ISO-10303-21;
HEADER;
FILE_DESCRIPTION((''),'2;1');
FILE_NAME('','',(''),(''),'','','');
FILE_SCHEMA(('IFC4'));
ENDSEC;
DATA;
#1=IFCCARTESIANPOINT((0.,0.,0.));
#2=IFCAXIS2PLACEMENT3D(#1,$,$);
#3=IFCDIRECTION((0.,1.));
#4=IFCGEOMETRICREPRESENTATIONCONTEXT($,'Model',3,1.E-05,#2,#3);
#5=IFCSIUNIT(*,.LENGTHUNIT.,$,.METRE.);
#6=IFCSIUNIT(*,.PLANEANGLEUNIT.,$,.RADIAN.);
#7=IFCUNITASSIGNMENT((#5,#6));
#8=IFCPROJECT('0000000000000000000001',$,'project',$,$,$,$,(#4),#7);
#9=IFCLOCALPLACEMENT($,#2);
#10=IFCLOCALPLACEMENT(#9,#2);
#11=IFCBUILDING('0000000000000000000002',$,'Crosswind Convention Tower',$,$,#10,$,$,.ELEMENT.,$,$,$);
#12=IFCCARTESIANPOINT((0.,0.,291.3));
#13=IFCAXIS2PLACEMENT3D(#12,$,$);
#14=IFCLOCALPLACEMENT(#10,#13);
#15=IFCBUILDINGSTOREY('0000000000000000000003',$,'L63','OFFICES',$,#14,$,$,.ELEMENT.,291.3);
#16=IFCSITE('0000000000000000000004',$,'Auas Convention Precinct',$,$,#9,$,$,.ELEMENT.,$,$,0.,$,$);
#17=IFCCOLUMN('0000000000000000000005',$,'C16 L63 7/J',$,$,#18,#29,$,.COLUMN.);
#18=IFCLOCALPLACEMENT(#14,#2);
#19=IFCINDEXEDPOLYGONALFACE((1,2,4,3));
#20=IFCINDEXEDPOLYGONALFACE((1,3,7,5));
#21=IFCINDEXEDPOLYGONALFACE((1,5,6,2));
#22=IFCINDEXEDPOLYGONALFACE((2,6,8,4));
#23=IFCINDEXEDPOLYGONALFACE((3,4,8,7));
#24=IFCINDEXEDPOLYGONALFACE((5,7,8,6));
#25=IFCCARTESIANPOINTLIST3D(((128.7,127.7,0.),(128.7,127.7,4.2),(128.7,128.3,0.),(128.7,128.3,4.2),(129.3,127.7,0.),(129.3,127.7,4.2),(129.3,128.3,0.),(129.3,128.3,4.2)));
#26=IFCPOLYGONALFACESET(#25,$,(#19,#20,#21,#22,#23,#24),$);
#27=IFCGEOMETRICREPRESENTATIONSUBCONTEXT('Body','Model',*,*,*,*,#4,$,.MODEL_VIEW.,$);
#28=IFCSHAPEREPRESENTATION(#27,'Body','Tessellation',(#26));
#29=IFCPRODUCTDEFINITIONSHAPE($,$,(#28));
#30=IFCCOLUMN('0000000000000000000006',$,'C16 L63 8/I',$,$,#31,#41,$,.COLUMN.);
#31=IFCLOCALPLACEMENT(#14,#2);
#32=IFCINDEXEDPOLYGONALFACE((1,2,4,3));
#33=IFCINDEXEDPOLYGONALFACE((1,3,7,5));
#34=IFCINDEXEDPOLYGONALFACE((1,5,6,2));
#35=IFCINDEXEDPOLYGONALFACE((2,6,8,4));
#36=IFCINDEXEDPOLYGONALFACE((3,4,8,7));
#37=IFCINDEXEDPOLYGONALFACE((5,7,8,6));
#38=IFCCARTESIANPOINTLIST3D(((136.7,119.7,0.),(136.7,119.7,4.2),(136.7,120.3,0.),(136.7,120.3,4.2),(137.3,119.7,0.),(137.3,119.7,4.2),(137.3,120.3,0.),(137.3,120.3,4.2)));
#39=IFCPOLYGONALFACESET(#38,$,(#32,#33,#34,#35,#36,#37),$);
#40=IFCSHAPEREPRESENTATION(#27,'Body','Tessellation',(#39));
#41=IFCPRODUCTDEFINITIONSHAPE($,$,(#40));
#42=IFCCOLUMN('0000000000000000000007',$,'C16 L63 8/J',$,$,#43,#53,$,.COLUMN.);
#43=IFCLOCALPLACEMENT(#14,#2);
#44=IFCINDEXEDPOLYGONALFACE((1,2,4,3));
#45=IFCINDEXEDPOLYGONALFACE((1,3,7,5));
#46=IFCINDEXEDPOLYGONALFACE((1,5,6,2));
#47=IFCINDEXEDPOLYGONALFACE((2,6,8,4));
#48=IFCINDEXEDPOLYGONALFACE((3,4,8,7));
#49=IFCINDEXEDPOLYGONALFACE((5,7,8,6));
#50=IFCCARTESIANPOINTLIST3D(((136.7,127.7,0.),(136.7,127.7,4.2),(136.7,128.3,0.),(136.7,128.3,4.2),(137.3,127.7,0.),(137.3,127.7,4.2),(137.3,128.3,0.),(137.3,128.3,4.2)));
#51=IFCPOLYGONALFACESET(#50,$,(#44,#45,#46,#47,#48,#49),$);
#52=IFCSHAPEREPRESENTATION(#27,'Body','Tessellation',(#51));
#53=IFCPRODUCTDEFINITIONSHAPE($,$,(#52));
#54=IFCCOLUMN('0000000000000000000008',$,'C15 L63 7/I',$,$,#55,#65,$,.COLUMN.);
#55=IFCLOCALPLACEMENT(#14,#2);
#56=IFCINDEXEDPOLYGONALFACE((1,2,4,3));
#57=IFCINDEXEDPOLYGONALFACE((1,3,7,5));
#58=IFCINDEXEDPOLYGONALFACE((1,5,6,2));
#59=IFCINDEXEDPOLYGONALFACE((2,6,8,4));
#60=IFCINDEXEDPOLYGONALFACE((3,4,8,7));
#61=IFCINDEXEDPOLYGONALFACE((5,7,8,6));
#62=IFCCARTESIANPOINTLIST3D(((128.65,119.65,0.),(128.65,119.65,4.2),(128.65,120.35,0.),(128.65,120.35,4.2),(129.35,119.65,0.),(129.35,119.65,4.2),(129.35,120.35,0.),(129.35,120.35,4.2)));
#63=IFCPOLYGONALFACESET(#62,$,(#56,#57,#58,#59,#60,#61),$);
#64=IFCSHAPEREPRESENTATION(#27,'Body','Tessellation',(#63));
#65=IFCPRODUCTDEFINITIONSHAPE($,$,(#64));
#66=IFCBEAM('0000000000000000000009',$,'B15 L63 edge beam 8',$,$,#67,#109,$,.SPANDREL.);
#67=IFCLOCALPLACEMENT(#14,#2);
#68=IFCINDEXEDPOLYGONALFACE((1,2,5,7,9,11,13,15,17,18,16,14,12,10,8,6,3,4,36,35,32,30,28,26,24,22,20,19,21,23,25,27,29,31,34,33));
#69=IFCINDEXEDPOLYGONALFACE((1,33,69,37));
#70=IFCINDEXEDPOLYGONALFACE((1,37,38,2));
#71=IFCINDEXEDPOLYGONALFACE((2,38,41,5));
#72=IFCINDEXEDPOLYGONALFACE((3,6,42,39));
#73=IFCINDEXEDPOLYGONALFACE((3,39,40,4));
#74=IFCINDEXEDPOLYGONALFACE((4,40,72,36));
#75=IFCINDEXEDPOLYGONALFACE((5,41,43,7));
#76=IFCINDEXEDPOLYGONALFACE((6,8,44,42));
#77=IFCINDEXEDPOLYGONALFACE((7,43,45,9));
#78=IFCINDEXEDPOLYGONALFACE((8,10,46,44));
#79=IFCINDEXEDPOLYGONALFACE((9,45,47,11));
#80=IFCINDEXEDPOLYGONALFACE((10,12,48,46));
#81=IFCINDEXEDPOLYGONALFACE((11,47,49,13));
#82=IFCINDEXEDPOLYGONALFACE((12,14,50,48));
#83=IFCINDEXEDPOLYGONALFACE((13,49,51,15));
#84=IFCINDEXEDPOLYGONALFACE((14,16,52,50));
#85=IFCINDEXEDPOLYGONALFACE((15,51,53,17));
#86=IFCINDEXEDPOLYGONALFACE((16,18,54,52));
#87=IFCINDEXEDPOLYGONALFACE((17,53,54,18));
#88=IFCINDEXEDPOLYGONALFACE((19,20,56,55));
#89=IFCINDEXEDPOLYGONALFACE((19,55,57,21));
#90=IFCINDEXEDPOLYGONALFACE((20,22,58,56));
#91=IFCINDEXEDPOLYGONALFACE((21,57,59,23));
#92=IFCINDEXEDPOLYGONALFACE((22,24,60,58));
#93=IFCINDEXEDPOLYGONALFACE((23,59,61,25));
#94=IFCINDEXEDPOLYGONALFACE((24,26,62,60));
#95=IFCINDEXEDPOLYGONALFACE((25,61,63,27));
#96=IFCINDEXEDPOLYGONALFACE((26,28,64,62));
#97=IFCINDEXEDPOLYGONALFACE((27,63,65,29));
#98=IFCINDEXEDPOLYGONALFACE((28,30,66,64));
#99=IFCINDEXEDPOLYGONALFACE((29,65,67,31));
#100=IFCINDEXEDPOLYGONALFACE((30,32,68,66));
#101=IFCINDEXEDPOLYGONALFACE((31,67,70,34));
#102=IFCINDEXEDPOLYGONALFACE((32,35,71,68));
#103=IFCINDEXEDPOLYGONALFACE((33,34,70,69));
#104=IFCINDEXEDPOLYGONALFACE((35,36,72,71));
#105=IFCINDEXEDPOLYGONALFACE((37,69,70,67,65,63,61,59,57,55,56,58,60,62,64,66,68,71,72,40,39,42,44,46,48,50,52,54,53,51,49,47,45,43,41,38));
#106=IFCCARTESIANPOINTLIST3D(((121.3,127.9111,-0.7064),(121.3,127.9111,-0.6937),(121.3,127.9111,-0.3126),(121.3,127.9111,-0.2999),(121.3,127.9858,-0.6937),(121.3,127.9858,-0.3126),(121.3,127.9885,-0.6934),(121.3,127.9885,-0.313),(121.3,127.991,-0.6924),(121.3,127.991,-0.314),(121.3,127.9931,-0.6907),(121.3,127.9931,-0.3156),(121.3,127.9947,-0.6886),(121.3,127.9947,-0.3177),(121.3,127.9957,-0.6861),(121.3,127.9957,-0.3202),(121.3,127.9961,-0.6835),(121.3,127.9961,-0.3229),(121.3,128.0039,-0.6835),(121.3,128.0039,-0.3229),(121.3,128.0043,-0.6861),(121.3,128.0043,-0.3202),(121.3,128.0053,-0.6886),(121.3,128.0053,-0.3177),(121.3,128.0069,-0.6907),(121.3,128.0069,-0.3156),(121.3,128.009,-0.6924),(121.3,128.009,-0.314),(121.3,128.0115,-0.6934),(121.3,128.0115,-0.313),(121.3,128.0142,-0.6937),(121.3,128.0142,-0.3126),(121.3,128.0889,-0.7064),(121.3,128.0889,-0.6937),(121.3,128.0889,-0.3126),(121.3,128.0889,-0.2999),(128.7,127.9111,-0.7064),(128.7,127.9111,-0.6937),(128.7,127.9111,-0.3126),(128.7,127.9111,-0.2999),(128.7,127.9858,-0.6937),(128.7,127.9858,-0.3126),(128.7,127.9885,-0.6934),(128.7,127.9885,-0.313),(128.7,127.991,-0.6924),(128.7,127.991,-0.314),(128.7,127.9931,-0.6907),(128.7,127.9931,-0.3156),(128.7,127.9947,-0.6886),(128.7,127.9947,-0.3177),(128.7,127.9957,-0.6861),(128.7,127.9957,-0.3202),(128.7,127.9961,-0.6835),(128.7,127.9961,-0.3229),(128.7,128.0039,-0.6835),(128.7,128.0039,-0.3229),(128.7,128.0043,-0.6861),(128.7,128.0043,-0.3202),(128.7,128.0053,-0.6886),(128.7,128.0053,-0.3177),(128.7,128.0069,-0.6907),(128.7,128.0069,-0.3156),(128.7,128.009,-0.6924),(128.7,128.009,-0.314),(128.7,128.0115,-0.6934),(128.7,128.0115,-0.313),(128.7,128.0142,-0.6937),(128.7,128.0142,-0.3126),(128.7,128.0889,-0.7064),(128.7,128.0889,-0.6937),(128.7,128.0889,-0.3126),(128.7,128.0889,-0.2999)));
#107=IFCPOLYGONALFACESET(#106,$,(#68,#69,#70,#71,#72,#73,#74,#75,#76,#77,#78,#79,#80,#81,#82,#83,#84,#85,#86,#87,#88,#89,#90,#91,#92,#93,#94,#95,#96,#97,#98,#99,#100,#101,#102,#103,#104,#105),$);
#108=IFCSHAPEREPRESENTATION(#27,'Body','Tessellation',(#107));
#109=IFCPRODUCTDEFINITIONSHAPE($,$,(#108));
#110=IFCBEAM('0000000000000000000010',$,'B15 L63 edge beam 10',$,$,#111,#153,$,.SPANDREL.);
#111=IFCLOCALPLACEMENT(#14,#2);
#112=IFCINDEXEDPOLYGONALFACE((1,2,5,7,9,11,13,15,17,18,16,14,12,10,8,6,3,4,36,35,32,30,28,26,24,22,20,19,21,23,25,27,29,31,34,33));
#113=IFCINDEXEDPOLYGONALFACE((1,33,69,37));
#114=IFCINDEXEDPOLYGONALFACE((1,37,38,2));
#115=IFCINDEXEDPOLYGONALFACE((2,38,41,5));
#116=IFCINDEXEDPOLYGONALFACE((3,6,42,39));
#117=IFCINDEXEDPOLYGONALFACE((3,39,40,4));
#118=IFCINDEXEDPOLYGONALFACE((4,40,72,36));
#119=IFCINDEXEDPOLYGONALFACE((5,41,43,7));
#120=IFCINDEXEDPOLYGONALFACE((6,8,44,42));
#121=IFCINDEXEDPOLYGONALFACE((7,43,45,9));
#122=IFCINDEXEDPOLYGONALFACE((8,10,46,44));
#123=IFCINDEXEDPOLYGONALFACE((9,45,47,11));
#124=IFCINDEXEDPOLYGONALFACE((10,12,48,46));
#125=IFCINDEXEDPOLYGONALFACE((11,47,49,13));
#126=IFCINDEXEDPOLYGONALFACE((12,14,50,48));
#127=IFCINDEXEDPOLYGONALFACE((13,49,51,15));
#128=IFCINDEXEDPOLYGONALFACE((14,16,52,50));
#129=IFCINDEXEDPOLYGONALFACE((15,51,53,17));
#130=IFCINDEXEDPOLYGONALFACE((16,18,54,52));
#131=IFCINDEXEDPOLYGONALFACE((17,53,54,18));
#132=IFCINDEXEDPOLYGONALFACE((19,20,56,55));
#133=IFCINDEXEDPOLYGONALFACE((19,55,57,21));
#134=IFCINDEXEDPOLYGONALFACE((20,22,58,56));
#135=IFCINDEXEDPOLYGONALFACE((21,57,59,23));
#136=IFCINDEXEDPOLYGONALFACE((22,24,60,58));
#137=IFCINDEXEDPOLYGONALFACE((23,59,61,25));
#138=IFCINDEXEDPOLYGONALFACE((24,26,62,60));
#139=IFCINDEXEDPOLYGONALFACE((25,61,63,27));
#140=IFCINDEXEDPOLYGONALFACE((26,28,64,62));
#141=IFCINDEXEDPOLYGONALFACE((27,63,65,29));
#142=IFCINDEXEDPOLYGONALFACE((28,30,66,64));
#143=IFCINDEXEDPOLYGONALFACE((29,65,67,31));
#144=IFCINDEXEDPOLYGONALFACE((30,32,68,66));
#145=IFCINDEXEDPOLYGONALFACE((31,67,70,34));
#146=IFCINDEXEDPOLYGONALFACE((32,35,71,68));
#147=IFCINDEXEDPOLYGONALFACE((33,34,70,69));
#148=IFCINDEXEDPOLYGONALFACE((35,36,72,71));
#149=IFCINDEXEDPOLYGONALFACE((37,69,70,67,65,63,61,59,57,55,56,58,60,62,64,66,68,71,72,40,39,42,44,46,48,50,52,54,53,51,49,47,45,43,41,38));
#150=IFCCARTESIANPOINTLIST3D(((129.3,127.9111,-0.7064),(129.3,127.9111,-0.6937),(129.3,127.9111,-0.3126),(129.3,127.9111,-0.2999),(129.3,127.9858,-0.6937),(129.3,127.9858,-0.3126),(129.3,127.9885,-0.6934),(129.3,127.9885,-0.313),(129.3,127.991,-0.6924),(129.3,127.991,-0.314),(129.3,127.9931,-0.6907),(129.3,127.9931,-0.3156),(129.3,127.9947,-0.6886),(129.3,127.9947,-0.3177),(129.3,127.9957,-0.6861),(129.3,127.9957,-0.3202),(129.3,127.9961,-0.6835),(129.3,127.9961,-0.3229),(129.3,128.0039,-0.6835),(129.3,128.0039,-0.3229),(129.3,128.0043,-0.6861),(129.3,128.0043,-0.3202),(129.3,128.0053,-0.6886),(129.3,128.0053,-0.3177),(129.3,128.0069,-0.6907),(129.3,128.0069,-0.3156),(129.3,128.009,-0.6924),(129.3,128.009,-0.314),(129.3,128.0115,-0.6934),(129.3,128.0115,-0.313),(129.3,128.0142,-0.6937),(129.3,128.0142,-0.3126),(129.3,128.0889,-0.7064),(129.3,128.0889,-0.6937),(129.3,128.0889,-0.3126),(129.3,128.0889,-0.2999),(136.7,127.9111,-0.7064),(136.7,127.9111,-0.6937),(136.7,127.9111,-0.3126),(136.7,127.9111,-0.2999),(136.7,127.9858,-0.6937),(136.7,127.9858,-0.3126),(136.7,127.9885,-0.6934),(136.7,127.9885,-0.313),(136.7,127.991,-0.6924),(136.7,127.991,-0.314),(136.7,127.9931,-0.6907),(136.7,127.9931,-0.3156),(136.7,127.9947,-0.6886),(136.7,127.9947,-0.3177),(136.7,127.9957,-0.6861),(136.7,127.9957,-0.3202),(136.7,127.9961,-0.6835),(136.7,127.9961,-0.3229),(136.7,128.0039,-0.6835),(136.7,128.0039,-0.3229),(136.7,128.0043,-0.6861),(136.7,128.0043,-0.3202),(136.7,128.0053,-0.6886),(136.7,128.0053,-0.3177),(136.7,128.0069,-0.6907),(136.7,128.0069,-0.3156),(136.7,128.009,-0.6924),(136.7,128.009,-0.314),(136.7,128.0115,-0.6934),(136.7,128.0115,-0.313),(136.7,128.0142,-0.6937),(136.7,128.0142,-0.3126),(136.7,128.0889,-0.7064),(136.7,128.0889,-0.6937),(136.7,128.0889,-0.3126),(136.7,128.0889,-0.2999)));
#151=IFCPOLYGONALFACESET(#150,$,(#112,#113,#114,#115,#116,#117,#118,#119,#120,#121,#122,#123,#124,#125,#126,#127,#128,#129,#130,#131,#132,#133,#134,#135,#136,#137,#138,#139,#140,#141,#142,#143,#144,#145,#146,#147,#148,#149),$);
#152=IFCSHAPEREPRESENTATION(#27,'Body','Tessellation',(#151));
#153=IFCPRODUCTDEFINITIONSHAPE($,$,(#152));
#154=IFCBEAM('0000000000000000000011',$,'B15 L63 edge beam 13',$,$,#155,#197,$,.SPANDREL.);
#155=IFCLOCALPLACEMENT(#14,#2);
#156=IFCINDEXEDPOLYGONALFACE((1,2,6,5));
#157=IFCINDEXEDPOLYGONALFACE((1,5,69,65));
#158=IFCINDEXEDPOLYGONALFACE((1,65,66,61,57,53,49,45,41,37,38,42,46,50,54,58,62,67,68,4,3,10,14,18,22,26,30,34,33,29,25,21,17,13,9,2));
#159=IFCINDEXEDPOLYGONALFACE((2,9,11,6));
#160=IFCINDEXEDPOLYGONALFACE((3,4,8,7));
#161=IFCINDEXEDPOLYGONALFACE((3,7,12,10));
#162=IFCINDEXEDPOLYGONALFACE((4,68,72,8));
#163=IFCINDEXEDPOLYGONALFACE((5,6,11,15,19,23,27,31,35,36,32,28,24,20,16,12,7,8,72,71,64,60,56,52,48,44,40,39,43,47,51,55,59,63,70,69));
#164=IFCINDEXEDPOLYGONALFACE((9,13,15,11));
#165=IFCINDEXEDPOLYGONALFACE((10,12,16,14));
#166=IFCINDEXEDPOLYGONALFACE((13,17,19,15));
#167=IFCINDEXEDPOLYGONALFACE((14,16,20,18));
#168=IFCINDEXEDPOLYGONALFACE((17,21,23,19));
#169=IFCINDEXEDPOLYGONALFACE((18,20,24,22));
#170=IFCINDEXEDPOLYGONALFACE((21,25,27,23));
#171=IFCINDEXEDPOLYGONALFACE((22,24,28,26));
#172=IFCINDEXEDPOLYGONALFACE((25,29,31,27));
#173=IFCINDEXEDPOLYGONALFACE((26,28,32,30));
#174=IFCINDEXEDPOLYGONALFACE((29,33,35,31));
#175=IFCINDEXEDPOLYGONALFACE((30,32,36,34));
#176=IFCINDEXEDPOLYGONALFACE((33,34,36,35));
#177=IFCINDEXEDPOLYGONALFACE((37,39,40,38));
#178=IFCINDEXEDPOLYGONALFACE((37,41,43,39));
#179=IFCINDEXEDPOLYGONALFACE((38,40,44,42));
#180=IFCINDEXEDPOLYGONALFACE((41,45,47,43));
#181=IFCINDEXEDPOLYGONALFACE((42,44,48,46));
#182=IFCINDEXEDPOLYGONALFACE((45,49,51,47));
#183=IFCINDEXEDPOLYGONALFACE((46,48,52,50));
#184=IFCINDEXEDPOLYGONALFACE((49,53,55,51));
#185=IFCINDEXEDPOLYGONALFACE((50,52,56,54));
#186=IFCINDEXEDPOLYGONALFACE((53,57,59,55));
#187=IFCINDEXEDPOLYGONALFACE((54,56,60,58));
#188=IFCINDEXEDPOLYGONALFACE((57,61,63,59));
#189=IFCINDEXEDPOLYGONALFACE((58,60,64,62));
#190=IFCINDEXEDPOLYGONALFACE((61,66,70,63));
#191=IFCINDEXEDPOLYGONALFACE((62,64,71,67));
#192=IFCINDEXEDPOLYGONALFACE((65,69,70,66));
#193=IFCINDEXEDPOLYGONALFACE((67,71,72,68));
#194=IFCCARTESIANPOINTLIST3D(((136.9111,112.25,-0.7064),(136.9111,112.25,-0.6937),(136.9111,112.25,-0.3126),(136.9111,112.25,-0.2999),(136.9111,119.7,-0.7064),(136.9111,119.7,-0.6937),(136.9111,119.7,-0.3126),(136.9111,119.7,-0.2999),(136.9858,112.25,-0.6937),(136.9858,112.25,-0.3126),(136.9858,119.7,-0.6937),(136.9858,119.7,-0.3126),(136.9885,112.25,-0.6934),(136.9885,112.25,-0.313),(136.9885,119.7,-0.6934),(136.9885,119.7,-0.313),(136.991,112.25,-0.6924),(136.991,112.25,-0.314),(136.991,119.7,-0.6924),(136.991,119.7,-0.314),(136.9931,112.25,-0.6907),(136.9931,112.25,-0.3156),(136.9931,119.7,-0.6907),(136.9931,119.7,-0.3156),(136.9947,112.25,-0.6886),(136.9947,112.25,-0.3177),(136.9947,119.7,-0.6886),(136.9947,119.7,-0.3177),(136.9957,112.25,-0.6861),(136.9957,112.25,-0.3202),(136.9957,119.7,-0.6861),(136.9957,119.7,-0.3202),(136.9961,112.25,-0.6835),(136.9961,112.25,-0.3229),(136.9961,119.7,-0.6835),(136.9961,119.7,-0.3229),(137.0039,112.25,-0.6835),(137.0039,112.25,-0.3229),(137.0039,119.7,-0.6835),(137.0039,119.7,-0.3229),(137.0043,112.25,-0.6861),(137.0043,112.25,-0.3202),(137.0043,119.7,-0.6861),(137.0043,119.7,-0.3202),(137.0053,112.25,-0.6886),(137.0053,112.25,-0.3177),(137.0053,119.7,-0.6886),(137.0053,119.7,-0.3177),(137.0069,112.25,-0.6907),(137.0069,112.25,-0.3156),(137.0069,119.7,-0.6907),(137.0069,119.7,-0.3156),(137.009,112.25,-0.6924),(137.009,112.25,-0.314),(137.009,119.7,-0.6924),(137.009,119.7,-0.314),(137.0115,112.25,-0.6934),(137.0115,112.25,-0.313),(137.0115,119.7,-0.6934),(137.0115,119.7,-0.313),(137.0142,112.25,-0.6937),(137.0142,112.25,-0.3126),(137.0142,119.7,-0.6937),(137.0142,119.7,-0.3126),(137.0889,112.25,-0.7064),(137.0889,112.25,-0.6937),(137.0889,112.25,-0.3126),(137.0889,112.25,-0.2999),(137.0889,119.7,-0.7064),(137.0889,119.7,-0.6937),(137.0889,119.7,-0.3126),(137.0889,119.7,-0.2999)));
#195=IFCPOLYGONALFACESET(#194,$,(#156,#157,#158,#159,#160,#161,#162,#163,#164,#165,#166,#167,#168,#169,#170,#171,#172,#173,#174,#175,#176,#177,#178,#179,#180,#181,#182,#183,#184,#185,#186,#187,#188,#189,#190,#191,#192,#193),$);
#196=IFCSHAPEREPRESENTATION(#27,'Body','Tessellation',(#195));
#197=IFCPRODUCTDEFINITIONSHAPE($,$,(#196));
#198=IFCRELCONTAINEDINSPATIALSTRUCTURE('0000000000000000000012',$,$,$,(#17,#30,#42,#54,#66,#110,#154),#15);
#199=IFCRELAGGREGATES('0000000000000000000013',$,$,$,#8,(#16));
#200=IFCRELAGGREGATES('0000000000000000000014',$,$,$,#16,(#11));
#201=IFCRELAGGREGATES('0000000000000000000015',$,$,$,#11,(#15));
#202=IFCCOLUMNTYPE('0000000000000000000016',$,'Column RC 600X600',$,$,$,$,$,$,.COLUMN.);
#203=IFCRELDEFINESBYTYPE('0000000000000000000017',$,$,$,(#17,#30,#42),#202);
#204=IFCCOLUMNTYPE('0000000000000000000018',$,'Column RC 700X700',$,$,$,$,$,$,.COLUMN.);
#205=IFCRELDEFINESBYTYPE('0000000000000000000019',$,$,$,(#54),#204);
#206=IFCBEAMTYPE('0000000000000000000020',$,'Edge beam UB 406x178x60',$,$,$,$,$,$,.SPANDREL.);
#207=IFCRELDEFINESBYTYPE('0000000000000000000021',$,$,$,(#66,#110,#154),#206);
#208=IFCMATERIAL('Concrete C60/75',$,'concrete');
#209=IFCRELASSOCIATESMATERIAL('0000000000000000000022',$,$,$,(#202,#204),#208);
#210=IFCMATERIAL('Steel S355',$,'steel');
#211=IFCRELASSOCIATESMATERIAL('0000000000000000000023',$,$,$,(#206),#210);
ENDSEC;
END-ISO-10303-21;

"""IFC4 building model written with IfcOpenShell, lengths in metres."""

from ifc_helpers import new_model, si_unit, direction, frame, origin, origin_2d, place, context, subcontext, project, spatial, rectangle, i_section, extrude, material, material_profile, profile_set, type_object, element, save


model = new_model("IFC4")

# Units and contexts
model_context = context("Model", 3, precision=1e-05, world=origin(), true_north=direction((0.0, 1.0)))
body_context = subcontext(model_context, "Body", "Model", "MODEL_VIEW")
ifc_project = project(units=[si_unit("LENGTHUNIT", "METRE"), si_unit("PLANEANGLEUNIT", "RADIAN")], contexts=[model_context])

# Site, building, storey
site_placement = place(None, origin())
site = spatial("IfcSite", under=ifc_project, at=site_placement, Name="Auas Convention Precinct", CompositionType="ELEMENT", RefElevation=0.0)
building_placement = place(site_placement, origin())
building = spatial("IfcBuilding", under=site, at=building_placement, Name="Crosswind Convention Tower", CompositionType="ELEMENT")
storey_placement = place(building_placement, frame((0.0, 0.0, 291.3)))
storey = spatial("IfcBuildingStorey", under=building, at=storey_placement, Name="L63", Description="OFFICES", CompositionType="ELEMENT", Elevation=291.3)

# Columns
ifc_material_1 = material(Name="Concrete C60/75", Category="concrete")
ifc_material_profile_1 = material_profile(ifc_material_1, rectangle(XDim=0.6001, YDim=0.6001, at=origin_2d()), Name="RC 600X600")
ifc_profile_set_1 = profile_set([ifc_material_profile_1], Name="Concrete C60/75")
column_type_1 = type_object("IfcColumnType", Name="Column RC 600X600", PredefinedType="COLUMN", material=ifc_profile_set_1)
for number, where, z_axis, x_axis, name in (
    (1, (129.0, 128.0, 0.0), (0.0, 0.0, 1.0), (1.0, 0.0, 0.0), "C16 L63 7/J"),
    (2, (137.0, 120.0, 0.0), (0.0, 0.0, 1.0), (1.0, 0.0, 0.0), "C16 L63 8/I"),
    (3, (137.0, 128.0, 0.0), (0.0, 0.0, 1.0), (1.0, 0.0, 0.0), "C16 L63 8/J"),
):
    element("IfcColumn", number, at=place(storey_placement, frame(where, z_axis=z_axis, x_axis=x_axis)), inside=storey, type_object=column_type_1, Name=name, PredefinedType="COLUMN", context=body_context, shape_type="SweptSolid", body=[
        extrude(rectangle(XDim=0.6001, YDim=0.6001, at=origin_2d()), origin(), (0.0, 0.0, 1.0), 4.2),
    ])
ifc_material_profile_2 = material_profile(ifc_material_1, rectangle(XDim=0.7, YDim=0.7, at=origin_2d()), Name="RC 700X700")
ifc_profile_set_2 = profile_set([ifc_material_profile_2], Name="Concrete C60/75")
column_type_2 = type_object("IfcColumnType", Name="Column RC 700X700", PredefinedType="COLUMN", material=ifc_profile_set_2)
column_placement = place(storey_placement, frame((129.0, 120.0, 0.0), z_axis=(0.0, 0.0, 1.0), x_axis=(1.0, 0.0, 0.0)))
element("IfcColumn", 4, at=column_placement, inside=storey, type_object=column_type_2, Name="C15 L63 7/I", PredefinedType="COLUMN", context=body_context, shape_type="SweptSolid", body=[
    extrude(rectangle(XDim=0.7, YDim=0.7, at=origin_2d()), origin(), (0.0, 0.0, 1.0), 4.2),
])

# Beams
ifc_material_2 = material(Name="Steel S355", Category="steel")
ifc_material_profile_3 = material_profile(ifc_material_2, i_section(OverallWidth=0.1777, OverallDepth=0.4065, WebThickness=0.0078, FlangeThickness=0.0127, FilletRadius=0.0103, at=origin_2d()), Name="UB 406x178x60")
ifc_profile_set_3 = profile_set([ifc_material_profile_3], Name="Steel S355")
beam_type_1 = type_object("IfcBeamType", Name="Edge beam UB 406x178x60", PredefinedType="SPANDREL", material=ifc_profile_set_3)
for number, where, z_axis, x_axis, name in (
    (5, (121.3, 128.0, -0.5032), (1.0, 0.0, 0.0), (0.0, 1.0, 0.0), "B15 L63 edge beam 8"),
    (6, (129.3, 128.0, -0.5032), (1.0, 0.0, 0.0), (0.0, 1.0, 0.0), "B15 L63 edge beam 10"),
):
    element("IfcBeam", number, at=place(storey_placement, frame(where, z_axis=z_axis, x_axis=x_axis)), inside=storey, type_object=beam_type_1, Name=name, PredefinedType="SPANDREL", context=body_context, shape_type="SweptSolid", body=[
        extrude(i_section(OverallWidth=0.1777, OverallDepth=0.4065, WebThickness=0.0078, FlangeThickness=0.0127, FilletRadius=0.0103, at=origin_2d()), origin(), (0.0, 0.0, 1.0), 7.3999),
    ])
beam_1_placement = place(storey_placement, frame((137.0, 112.25, -0.5032), z_axis=(0.0, 1.0, 0.0), x_axis=(-1.0, 0.0, 0.0)))
element("IfcBeam", 7, at=beam_1_placement, inside=storey, type_object=beam_type_1, Name="B15 L63 edge beam 13", PredefinedType="SPANDREL", context=body_context, shape_type="SweptSolid", body=[
    extrude(i_section(OverallWidth=0.1777, OverallDepth=0.4065, WebThickness=0.0078, FlangeThickness=0.0127, FilletRadius=0.0103, at=origin_2d()), origin(), (0.0, 0.0, 1.0), 7.45),
])

save(model, "model.ifc")
